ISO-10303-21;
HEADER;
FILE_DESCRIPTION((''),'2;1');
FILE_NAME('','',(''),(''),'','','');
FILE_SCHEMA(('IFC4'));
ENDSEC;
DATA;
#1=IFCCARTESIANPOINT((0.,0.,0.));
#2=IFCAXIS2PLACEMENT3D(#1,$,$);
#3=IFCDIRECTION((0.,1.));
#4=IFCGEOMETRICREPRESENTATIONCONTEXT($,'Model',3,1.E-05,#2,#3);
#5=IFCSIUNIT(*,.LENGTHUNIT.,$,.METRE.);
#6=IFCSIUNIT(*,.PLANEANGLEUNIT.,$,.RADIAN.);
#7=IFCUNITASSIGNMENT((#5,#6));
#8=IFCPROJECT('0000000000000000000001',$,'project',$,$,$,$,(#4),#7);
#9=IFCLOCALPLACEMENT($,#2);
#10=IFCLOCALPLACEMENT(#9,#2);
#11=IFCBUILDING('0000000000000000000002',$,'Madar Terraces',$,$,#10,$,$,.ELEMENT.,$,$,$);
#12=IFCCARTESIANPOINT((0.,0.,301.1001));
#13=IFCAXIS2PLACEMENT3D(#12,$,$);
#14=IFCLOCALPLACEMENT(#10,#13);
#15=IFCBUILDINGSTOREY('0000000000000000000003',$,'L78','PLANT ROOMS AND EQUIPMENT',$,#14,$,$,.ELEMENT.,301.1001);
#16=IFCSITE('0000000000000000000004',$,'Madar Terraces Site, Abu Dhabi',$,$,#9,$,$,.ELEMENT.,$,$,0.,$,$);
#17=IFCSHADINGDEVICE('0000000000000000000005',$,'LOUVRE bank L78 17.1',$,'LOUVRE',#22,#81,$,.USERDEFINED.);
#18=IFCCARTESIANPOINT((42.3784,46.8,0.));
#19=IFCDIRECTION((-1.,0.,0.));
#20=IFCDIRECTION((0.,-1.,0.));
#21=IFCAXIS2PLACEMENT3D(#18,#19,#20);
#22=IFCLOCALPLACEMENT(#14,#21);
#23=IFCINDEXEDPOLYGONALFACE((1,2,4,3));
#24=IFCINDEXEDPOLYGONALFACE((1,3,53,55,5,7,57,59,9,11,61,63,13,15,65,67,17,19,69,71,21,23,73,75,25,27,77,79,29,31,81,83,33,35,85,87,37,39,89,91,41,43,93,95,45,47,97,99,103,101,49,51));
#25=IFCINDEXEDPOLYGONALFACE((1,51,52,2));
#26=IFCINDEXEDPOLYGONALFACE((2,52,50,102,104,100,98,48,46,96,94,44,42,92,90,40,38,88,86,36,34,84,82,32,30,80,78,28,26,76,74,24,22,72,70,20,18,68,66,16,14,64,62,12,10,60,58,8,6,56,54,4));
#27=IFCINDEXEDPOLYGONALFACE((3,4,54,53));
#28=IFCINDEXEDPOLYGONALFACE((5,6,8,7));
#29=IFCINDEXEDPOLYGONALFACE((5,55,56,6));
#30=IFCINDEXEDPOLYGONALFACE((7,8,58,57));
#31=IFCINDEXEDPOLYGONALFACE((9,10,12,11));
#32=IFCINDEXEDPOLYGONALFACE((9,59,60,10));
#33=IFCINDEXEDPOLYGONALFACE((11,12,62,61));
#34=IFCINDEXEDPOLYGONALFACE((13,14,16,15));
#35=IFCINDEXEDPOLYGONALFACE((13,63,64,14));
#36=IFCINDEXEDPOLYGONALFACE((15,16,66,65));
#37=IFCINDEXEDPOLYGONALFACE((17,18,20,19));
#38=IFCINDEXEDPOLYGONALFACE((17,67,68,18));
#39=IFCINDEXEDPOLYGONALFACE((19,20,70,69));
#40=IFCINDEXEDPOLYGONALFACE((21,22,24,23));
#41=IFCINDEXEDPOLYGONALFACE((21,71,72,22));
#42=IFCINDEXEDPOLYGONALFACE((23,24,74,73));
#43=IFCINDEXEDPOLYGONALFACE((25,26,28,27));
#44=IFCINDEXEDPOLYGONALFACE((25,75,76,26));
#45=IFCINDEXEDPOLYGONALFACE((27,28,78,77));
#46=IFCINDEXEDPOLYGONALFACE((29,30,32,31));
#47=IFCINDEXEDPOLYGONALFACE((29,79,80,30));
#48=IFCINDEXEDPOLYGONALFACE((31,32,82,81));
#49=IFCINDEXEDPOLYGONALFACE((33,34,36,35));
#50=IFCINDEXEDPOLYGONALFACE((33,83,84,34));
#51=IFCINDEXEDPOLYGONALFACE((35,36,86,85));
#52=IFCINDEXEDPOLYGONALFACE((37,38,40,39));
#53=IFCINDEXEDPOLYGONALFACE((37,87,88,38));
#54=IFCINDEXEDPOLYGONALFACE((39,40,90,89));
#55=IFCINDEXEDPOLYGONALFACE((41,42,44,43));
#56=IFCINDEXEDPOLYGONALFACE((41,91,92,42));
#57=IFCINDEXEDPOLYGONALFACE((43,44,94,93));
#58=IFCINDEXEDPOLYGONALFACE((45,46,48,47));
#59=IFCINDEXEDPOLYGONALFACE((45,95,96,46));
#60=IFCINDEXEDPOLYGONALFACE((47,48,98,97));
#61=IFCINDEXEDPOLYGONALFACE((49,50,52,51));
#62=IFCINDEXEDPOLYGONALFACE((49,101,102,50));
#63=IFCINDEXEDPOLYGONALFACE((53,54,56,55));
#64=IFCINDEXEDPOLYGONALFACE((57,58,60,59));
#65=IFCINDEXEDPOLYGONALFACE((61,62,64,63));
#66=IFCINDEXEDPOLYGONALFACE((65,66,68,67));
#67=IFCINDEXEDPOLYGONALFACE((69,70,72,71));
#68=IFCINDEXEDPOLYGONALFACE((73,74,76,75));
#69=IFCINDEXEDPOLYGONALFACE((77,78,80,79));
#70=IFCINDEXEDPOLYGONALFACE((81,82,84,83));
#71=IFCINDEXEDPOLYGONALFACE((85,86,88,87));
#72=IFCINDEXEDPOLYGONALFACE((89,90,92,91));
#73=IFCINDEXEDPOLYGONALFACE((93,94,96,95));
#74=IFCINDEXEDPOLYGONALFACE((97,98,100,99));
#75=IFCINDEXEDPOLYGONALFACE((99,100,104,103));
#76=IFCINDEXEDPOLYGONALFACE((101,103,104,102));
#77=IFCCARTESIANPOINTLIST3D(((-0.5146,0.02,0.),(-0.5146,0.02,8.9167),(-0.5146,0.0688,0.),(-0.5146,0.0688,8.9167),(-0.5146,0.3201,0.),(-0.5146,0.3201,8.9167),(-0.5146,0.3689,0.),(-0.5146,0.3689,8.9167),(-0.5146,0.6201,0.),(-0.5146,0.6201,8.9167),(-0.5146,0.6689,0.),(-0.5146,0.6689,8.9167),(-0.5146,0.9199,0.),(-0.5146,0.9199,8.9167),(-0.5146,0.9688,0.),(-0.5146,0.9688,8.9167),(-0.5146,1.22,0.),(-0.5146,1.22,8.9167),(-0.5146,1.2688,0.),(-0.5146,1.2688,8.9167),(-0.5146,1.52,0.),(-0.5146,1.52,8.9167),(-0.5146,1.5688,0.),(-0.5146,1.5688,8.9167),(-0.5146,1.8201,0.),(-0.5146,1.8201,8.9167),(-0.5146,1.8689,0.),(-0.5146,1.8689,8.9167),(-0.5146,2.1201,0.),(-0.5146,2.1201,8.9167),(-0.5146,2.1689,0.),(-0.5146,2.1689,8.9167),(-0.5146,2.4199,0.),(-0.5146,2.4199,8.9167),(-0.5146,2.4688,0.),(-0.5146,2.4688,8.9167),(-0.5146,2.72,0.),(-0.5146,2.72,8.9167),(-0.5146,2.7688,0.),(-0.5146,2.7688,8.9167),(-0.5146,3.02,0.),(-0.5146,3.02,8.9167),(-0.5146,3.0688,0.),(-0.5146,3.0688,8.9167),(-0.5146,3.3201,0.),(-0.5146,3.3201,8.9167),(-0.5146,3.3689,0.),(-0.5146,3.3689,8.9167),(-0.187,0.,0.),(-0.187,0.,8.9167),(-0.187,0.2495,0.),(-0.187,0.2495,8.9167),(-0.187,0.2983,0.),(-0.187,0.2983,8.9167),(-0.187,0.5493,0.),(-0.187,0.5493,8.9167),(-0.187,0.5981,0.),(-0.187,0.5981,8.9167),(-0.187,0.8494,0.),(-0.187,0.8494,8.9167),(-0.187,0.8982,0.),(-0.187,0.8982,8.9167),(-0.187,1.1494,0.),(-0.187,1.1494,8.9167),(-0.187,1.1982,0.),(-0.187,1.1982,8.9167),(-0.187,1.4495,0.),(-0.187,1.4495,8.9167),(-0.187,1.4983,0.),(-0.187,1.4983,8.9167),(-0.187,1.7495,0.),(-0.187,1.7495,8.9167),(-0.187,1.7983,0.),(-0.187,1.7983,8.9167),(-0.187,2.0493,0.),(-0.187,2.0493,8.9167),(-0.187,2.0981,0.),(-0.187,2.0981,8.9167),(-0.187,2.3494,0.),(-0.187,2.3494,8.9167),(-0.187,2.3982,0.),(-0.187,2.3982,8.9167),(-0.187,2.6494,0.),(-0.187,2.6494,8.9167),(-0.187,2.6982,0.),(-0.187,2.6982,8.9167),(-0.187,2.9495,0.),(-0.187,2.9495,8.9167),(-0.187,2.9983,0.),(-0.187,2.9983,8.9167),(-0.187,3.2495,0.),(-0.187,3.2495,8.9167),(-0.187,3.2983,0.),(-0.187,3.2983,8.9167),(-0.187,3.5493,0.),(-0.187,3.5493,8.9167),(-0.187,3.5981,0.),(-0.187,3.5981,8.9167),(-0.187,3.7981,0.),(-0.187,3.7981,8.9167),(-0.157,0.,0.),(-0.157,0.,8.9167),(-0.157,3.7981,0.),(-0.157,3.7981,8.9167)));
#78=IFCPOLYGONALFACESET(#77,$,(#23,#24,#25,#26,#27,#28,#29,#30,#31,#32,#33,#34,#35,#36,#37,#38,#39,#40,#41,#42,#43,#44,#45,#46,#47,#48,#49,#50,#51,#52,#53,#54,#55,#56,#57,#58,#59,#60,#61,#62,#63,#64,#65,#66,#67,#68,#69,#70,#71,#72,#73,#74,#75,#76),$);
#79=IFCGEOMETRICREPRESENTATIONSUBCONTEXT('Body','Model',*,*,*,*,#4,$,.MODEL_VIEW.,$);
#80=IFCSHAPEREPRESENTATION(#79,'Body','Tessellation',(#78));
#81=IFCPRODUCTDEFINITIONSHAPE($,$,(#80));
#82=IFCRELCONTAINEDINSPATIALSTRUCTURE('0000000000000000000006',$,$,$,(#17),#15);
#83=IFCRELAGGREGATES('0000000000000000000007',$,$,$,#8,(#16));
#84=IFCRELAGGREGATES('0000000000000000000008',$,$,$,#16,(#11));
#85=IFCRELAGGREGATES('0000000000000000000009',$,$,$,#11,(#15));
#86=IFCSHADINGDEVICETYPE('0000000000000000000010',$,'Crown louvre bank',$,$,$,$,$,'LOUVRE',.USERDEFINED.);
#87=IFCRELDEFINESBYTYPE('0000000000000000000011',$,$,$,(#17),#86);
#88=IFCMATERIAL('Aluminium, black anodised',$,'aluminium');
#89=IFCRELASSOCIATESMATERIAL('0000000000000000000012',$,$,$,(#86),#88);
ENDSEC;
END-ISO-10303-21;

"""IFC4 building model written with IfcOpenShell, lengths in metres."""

from ifc_helpers import new_model, si_unit, direction, frame, origin, place, context, subcontext, project, spatial, polyline, outline, extrude, material, type_object, element, save


model = new_model("IFC4")

# Units and contexts
model_context = context("Model", 3, precision=1e-05, world=origin(), true_north=direction((0.0, 1.0)))
body_context = subcontext(model_context, "Body", "Model", "MODEL_VIEW")
ifc_project = project(units=[si_unit("LENGTHUNIT", "METRE"), si_unit("PLANEANGLEUNIT", "RADIAN")], contexts=[model_context])

# Site, building, storey
site_placement = place(None, origin())
site = spatial("IfcSite", under=ifc_project, at=site_placement, Name="Madar Terraces Site, Abu Dhabi", CompositionType="ELEMENT", RefElevation=0.0)
building_placement = place(site_placement, origin())
building = spatial("IfcBuilding", under=site, at=building_placement, Name="Madar Terraces", CompositionType="ELEMENT")
storey_placement = place(building_placement, frame((0.0, 0.0, 301.1001)))
storey = spatial("IfcBuildingStorey", under=building, at=storey_placement, Name="L78", Description="PLANT ROOMS AND EQUIPMENT", CompositionType="ELEMENT", Elevation=301.1001)

# Shading device
ifc_material_1 = material(Name="Aluminium, black anodised", Category="aluminium")
shading_device_type = type_object("IfcShadingDeviceType", Name="Crown louvre bank", ElementType="LOUVRE", PredefinedType="USERDEFINED", material=ifc_material_1)
shading_device_1_placement = place(storey_placement, frame((42.3784, 46.8, 0.0), z_axis=(-1.0, 0.0, 0.0), x_axis=(0.0, -1.0, 0.0)))
element("IfcShadingDevice", 1, at=shading_device_1_placement, inside=storey, type_object=shading_device_type, Name="LOUVRE bank L78 17.1", ObjectType="LOUVRE", PredefinedType="USERDEFINED", context=body_context, shape_type="SweptSolid", body=[
    extrude(outline(polyline([(-0.157, 0.0), (-0.187, 0.0), (-0.187, 0.2495), (-0.5146, 0.02), (-0.5146, 0.0688), (-0.187, 0.2983), (-0.187, 0.5493), (-0.5146, 0.3201), (-0.5146, 0.3689), (-0.187, 0.5981), (-0.187, 0.8494), (-0.5146, 0.6201), (-0.5146, 0.6689), (-0.187, 0.8982), (-0.187, 1.1494), (-0.5146, 0.9199), (-0.5146, 0.9688), (-0.187, 1.1982), (-0.187, 1.4495), (-0.5146, 1.22), (-0.5146, 1.2688), (-0.187, 1.4983), (-0.187, 1.7495), (-0.5146, 1.52), (-0.5146, 1.5688), (-0.187, 1.7983), (-0.187, 2.0493), (-0.5146, 1.8201), (-0.5146, 1.8689), (-0.187, 2.0981), (-0.187, 2.3494), (-0.5146, 2.1201), (-0.5146, 2.1689), (-0.187, 2.3982), (-0.187, 2.6494), (-0.5146, 2.4199), (-0.5146, 2.4688), (-0.187, 2.6982), (-0.187, 2.9495), (-0.5146, 2.72), (-0.5146, 2.7688), (-0.187, 2.9983), (-0.187, 3.2495), (-0.5146, 3.02), (-0.5146, 3.0688), (-0.187, 3.2983), (-0.187, 3.5493), (-0.5146, 3.3201), (-0.5146, 3.3689), (-0.187, 3.5981), (-0.187, 3.7981), (-0.157, 3.7981), (-0.157, 0.0)])), origin(), (0.0, 0.0, 1.0), 8.9167),
])

save(model, "model.ifc")
